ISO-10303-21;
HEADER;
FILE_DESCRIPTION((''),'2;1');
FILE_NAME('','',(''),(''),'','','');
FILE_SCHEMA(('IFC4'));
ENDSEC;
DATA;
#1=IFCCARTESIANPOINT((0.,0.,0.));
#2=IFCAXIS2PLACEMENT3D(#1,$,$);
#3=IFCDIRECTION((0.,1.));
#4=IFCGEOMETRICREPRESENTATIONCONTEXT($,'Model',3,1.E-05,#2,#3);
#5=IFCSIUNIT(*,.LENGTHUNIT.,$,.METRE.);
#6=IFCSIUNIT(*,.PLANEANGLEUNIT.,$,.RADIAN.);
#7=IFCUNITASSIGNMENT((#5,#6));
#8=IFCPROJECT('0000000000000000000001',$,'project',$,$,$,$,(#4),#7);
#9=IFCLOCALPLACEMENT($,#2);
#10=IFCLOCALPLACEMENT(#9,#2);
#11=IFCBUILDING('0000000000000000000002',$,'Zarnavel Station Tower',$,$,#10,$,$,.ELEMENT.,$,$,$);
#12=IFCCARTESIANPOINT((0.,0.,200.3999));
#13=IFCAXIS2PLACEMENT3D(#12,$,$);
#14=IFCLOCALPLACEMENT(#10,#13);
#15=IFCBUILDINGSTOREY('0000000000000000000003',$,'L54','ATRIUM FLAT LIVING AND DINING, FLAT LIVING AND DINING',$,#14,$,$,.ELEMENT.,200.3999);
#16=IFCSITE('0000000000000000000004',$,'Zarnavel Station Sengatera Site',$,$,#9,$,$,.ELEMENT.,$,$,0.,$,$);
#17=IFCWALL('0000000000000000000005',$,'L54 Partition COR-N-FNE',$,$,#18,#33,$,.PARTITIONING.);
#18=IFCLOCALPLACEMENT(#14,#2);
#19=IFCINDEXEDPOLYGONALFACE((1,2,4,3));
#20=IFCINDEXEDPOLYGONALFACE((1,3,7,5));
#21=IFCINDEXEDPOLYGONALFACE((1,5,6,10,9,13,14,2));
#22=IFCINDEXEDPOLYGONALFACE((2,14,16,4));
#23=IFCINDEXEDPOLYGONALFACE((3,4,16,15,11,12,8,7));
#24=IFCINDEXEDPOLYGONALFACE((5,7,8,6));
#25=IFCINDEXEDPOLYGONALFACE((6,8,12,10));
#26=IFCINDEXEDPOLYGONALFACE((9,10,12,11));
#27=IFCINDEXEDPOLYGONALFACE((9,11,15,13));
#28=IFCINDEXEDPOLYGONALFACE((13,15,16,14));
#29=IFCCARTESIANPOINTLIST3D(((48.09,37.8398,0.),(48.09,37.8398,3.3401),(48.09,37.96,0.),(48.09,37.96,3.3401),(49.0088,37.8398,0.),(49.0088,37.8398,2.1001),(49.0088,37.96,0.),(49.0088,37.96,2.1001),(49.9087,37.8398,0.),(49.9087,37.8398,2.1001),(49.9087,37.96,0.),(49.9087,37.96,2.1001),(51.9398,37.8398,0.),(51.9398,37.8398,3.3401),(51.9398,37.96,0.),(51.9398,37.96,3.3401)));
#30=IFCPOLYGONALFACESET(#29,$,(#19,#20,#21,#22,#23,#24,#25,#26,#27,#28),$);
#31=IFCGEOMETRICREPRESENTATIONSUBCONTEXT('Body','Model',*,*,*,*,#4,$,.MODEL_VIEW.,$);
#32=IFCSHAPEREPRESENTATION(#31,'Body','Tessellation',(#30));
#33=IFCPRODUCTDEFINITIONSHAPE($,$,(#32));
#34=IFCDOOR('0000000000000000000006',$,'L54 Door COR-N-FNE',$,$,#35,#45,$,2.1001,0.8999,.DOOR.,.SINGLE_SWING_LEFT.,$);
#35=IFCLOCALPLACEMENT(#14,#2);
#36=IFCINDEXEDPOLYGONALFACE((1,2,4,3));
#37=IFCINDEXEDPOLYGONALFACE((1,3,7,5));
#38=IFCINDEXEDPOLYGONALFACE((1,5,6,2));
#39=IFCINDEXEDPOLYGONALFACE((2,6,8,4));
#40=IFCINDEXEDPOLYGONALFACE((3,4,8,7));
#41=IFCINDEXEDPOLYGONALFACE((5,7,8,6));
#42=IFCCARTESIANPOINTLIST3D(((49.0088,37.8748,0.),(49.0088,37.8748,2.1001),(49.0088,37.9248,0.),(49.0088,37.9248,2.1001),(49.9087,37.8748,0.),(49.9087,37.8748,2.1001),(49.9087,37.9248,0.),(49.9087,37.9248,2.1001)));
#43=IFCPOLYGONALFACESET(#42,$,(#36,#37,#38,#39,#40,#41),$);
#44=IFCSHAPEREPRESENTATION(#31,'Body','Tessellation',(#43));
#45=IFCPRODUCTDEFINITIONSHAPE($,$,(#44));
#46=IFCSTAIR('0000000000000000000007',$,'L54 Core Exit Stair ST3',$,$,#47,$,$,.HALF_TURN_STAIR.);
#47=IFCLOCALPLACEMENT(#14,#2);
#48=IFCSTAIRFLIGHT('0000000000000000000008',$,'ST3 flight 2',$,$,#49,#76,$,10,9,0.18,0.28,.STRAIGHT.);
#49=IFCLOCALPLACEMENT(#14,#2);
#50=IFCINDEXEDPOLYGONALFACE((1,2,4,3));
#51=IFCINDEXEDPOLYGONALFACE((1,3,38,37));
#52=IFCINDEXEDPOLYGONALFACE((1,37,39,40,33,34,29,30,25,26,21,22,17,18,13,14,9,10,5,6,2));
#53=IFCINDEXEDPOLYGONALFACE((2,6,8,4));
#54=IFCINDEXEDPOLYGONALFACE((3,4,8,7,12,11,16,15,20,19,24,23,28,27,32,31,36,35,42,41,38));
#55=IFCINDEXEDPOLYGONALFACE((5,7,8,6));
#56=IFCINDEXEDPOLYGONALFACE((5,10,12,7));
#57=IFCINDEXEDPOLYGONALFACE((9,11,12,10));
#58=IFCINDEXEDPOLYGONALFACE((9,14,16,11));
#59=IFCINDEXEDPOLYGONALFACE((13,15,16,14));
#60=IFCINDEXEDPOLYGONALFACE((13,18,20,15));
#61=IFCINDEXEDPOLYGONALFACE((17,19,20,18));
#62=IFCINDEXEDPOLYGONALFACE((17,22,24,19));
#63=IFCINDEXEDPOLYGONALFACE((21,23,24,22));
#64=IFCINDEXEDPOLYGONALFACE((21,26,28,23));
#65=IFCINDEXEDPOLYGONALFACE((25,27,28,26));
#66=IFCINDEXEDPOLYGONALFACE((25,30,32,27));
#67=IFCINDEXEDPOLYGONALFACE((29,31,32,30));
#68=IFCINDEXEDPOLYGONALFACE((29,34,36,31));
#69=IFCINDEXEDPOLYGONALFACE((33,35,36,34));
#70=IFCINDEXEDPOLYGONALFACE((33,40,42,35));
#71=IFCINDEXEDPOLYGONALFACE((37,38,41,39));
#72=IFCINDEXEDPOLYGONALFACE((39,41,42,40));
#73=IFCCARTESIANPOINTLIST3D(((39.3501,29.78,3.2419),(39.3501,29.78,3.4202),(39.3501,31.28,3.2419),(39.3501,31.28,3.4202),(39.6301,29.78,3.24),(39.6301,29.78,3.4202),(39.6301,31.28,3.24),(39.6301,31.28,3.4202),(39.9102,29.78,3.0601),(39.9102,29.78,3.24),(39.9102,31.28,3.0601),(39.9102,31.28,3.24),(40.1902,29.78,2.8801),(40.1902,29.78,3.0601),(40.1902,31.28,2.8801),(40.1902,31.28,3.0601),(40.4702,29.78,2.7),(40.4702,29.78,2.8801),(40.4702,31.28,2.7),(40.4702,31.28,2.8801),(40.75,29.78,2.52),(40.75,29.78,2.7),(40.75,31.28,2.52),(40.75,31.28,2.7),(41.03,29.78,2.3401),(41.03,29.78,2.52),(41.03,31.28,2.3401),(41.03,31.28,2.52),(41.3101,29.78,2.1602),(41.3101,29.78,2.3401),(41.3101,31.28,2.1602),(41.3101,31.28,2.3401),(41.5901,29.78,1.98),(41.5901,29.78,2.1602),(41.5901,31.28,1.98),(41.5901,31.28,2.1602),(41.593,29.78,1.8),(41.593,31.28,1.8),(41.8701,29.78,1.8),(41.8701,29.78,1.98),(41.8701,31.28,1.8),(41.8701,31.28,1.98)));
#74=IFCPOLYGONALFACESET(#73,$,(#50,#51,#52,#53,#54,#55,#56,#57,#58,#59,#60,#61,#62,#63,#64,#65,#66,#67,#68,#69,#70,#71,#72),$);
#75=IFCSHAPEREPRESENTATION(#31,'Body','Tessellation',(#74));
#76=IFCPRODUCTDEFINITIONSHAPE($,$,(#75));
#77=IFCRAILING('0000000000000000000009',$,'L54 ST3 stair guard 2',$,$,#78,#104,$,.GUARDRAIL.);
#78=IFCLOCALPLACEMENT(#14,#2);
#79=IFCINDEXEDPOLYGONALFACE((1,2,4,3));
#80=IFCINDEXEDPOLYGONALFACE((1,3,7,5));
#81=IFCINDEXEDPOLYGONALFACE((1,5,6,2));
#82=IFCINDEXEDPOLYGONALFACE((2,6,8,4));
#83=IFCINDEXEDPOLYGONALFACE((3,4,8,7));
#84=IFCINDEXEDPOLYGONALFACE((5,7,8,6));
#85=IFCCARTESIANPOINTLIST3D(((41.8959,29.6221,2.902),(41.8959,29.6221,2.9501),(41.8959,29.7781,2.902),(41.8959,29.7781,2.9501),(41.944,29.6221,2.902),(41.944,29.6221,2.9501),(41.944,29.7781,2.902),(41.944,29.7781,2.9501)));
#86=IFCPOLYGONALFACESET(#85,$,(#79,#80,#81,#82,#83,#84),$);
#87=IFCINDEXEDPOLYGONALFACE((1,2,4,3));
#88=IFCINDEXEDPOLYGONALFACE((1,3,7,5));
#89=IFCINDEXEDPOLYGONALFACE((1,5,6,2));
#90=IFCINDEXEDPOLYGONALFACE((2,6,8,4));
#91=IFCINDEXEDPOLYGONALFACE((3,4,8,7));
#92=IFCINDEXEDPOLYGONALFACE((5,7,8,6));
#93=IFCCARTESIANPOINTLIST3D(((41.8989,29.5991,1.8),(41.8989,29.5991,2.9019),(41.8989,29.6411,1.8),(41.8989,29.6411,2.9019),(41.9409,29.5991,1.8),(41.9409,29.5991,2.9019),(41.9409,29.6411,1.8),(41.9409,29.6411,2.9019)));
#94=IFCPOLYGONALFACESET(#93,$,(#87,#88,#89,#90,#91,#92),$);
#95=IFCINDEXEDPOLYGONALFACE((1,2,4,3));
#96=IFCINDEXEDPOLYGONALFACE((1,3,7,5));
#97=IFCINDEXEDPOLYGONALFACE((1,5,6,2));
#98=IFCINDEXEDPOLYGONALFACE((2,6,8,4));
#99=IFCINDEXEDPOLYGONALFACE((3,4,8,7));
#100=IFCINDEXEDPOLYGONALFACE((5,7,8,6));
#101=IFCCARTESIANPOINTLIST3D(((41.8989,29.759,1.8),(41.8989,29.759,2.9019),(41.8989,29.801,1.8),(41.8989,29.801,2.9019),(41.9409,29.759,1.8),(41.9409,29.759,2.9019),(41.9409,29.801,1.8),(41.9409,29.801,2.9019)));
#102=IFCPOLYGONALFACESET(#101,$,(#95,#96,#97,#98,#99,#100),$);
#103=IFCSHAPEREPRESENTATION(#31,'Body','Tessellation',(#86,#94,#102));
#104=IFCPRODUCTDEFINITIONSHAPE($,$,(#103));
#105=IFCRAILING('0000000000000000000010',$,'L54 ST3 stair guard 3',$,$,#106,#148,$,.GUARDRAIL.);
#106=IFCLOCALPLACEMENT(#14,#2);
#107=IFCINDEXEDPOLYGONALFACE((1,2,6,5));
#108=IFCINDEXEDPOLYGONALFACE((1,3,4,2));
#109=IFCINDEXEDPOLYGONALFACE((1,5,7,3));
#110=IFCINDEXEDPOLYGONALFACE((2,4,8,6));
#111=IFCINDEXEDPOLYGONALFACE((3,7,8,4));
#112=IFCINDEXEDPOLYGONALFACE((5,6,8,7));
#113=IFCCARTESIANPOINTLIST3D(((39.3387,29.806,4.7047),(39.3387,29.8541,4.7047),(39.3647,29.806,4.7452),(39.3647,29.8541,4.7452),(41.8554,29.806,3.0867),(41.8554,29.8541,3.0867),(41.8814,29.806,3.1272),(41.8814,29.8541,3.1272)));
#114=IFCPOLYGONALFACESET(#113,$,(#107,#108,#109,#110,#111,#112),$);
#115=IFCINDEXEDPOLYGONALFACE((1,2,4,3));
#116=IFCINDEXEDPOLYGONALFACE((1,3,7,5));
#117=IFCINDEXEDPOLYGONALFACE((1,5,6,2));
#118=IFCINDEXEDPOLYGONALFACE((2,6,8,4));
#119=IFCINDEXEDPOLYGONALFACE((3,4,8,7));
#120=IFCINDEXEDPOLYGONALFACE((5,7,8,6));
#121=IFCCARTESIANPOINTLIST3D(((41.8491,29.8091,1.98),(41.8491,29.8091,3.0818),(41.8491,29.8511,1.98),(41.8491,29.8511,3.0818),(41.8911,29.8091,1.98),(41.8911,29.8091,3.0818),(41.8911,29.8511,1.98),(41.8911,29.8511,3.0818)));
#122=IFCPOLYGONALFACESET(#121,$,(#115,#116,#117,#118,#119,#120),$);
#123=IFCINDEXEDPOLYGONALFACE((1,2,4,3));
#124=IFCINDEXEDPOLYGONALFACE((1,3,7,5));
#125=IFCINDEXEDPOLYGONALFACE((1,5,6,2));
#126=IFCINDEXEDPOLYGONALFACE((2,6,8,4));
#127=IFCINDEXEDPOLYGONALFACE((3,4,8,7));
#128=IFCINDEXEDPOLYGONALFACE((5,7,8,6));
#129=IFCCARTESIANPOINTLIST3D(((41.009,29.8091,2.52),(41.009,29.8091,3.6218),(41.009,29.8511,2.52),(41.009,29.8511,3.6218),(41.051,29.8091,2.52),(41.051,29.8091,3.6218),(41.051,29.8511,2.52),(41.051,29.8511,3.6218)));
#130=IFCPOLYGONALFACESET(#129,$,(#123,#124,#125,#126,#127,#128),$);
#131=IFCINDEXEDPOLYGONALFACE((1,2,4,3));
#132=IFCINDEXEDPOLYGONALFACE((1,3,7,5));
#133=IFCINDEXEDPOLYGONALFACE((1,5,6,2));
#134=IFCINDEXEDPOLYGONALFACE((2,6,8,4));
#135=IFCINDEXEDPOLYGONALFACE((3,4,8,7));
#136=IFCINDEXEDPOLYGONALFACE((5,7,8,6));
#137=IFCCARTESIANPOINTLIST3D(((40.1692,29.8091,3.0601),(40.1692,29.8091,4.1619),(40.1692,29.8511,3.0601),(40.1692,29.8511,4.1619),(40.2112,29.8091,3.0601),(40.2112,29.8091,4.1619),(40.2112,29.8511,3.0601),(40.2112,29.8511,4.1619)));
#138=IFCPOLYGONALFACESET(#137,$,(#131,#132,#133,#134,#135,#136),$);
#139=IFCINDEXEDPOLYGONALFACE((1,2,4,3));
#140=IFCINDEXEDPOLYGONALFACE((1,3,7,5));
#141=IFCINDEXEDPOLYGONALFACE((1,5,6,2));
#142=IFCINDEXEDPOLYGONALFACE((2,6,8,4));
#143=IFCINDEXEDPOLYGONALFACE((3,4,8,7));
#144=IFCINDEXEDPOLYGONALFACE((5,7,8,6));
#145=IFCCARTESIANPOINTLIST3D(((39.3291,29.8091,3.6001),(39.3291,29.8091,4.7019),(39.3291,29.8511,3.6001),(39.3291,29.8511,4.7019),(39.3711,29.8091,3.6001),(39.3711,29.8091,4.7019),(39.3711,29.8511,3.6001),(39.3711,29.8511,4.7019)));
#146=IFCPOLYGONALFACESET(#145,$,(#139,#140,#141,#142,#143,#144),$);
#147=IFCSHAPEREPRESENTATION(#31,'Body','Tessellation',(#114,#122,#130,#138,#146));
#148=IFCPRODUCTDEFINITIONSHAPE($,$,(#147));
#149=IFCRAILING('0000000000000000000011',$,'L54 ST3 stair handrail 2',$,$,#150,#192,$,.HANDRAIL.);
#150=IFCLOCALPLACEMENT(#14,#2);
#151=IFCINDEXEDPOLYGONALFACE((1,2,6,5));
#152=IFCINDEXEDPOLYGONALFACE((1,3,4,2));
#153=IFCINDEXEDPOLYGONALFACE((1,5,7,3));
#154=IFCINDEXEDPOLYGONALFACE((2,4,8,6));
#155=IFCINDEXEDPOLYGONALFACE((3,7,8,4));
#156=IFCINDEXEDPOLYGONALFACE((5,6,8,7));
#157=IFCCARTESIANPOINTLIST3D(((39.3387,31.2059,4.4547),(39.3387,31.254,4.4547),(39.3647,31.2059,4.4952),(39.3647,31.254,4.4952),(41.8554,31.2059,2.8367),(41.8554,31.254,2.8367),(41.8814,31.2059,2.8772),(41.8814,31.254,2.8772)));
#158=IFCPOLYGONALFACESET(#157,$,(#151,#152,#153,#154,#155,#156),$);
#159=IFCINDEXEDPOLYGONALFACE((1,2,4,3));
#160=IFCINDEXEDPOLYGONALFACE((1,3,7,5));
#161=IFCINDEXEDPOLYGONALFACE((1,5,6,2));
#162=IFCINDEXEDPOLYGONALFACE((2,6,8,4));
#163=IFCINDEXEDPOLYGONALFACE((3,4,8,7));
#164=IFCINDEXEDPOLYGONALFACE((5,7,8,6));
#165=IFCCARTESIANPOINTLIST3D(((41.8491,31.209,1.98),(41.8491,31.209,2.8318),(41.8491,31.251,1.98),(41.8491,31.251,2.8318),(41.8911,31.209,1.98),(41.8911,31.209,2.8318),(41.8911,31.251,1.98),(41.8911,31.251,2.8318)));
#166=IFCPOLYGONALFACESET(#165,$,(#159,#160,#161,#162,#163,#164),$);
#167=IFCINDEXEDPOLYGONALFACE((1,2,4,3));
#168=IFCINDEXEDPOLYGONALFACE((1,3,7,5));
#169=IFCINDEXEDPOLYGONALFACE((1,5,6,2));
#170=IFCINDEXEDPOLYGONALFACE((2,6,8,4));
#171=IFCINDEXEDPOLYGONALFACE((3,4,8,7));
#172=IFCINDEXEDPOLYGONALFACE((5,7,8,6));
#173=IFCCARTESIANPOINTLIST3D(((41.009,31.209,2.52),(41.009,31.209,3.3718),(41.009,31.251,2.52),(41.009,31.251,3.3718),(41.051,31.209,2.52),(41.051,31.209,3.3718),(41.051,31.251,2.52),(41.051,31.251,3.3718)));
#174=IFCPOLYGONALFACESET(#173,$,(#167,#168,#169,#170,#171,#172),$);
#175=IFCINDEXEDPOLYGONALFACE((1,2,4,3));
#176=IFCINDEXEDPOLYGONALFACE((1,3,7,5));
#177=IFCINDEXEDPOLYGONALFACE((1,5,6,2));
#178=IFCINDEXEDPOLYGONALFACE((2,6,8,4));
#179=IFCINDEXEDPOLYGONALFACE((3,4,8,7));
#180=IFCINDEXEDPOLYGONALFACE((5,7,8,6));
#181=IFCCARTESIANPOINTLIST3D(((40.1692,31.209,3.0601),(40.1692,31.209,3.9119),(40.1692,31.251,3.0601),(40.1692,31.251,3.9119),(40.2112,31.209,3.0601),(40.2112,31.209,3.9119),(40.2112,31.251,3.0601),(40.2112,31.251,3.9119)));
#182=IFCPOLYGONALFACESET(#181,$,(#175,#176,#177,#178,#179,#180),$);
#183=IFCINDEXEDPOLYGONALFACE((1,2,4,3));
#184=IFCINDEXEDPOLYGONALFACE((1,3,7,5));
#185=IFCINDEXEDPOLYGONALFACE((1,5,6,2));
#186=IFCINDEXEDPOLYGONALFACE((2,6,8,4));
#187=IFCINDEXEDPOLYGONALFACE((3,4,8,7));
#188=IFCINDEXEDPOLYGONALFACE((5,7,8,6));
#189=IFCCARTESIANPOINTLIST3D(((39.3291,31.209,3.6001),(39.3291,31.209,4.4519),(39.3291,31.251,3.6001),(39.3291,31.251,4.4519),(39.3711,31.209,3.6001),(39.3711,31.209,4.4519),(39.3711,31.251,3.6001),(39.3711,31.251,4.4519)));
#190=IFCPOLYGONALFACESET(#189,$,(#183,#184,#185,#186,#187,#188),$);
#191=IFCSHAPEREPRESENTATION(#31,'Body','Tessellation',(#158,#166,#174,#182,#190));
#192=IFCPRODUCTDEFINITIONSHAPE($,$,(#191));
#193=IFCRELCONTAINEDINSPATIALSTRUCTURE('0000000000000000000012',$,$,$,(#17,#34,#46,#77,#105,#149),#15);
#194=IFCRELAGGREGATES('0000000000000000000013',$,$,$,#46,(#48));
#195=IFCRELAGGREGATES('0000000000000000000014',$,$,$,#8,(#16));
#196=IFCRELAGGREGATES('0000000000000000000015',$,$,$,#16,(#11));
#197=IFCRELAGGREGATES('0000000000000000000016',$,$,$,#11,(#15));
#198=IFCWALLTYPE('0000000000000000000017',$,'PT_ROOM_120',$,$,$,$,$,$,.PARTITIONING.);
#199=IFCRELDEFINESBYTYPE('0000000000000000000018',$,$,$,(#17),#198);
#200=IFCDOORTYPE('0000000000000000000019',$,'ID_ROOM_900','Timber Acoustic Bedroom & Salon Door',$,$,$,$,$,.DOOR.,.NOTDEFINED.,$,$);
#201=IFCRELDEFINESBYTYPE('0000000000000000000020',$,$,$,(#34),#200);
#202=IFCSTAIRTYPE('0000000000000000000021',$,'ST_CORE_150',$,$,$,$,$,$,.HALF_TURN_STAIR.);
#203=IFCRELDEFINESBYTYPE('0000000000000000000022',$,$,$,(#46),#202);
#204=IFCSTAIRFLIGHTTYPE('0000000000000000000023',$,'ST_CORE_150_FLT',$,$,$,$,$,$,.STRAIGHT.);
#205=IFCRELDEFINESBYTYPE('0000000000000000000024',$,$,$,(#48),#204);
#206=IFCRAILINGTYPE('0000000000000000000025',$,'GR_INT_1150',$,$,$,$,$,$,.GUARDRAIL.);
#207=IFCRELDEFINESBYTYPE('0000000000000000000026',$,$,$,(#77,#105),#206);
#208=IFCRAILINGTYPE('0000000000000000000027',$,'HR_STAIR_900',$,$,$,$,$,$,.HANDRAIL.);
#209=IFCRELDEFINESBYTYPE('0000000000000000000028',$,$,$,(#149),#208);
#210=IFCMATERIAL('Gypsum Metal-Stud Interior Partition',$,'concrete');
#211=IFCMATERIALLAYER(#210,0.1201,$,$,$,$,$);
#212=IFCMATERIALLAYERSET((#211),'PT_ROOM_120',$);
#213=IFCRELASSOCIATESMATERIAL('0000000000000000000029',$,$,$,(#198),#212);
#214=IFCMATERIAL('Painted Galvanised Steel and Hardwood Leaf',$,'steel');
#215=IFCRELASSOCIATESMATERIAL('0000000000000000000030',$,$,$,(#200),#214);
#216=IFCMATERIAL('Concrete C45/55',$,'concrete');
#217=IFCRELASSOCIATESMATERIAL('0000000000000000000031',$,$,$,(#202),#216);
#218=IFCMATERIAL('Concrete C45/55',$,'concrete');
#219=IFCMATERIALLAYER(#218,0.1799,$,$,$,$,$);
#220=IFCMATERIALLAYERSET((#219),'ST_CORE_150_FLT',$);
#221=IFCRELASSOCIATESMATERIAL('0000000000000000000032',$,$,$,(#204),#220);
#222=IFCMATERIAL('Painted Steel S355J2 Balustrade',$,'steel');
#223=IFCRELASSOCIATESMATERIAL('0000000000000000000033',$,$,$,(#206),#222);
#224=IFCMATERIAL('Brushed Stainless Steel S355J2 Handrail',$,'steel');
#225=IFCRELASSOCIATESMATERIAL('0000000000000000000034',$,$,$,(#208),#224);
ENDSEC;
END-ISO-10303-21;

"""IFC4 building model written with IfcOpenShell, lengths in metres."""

from ifc_helpers import new_model, si_unit, direction, frame, frame_2d, origin, origin_2d, place, context, subcontext, project, spatial, polyline, rectangle, outline, extrude, material, layer, layer_set, type_object, element, fill, aggregate, save


model = new_model("IFC4")

# Units and contexts
model_context = context("Model", 3, precision=1e-05, world=origin(), true_north=direction((0.0, 1.0)))
body_context = subcontext(model_context, "Body", "Model", "MODEL_VIEW")
ifc_project = project(units=[si_unit("LENGTHUNIT", "METRE"), si_unit("PLANEANGLEUNIT", "RADIAN")], contexts=[model_context])

# Site, building, storey
site_placement = place(None, origin())
site = spatial("IfcSite", under=ifc_project, at=site_placement, Name="Zarnavel Station Sengatera Site", CompositionType="ELEMENT", RefElevation=0.0)
building_placement = place(site_placement, origin())
building = spatial("IfcBuilding", under=site, at=building_placement, Name="Zarnavel Station Tower", CompositionType="ELEMENT")
storey_placement = place(building_placement, frame((0.0, 0.0, 200.3999)))
storey = spatial("IfcBuildingStorey", under=building, at=storey_placement, Name="L54", Description="ATRIUM FLAT LIVING AND DINING, FLAT LIVING AND DINING", CompositionType="ELEMENT", Elevation=200.3999)

# Wall, opening, door
ifc_material_1 = material(Name="Gypsum Metal-Stud Interior Partition", Category="concrete")
ifc_layer_1 = layer(ifc_material_1, 0.1201)
ifc_layer_set_1 = layer_set([ifc_layer_1], Name="PT_ROOM_120")
wall_type_1 = type_object("IfcWallType", Name="PT_ROOM_120", PredefinedType="PARTITIONING", material=ifc_layer_set_1)
wall_1_placement = place(storey_placement, frame((48.0901, 37.8999, 0.0), z_axis=(0.0, 0.0, 1.0), x_axis=(1.0, 0.0, 0.0)))
wall_1 = element("IfcWall", 1, at=wall_1_placement, inside=storey, type_object=wall_type_1, Name="L54 Partition COR-N-FNE", PredefinedType="PARTITIONING", context=body_context, shape_type="SweptSolid", body=[
    extrude(rectangle(XDim=3.8499, YDim=0.1201, at=frame_2d((1.9248, 0.0))), origin(), (0.0, 0.0, 1.0), 3.3401),
])
opening_1_placement = place(wall_1_placement, frame((0.9187, 0.0, 0.0)))
opening_1 = element("IfcOpeningElement", 2, at=opening_1_placement, cuts=wall_1, PredefinedType="OPENING", context=body_context, shape_type="SweptSolid", body=[
    extrude(rectangle(XDim=0.8999, YDim=2.1001, at=frame_2d((0.45, 1.05))), frame((0.0, 0.0701, 0.0), z_axis=(0.0, -1.0, 0.0), x_axis=(1.0, 0.0, 0.0)), (0.0, 0.0, 1.0), 0.1401),
])
ifc_material_2 = material(Name="Painted Galvanised Steel and Hardwood Leaf", Category="steel")
door_type_1 = type_object("IfcDoorType", Name="ID_ROOM_900", Description="Timber Acoustic Bedroom & Salon Door", OperationType="NOTDEFINED", PredefinedType="DOOR", material=ifc_material_2)
door_1_placement = place(opening_1_placement, origin())
door_1 = element("IfcDoor", 3, at=door_1_placement, inside=storey, type_object=door_type_1, Name="L54 Door COR-N-FNE", OperationType="SINGLE_SWING_LEFT", OverallHeight=2.1001, OverallWidth=0.8999, PredefinedType="DOOR", context=body_context, shape_type="SweptSolid", body=[
    extrude(rectangle(XDim=0.8999, YDim=2.1001, at=frame_2d((0.45, 1.05))), frame((0.0, 0.0249, 0.0), z_axis=(0.0, -1.0, 0.0), x_axis=(1.0, 0.0, 0.0)), (0.0, 0.0, 1.0), 0.05),
])
fill(opening_1, door_1)

# Stair, stair flight
ifc_material_3 = material(Name="Concrete C45/55", Category="concrete")
stair_type = type_object("IfcStairType", Name="ST_CORE_150", PredefinedType="HALF_TURN_STAIR", material=ifc_material_3)
stair_placement = place(storey_placement, origin())
stair = element("IfcStair", 4, at=stair_placement, inside=storey, type_object=stair_type, Name="L54 Core Exit Stair ST3", PredefinedType="HALF_TURN_STAIR")
ifc_material_4 = material(Name="Concrete C45/55", Category="concrete")
ifc_layer_2 = layer(ifc_material_4, 0.1799)
ifc_layer_set_2 = layer_set([ifc_layer_2], Name="ST_CORE_150_FLT")
stair_flight_type = type_object("IfcStairFlightType", Name="ST_CORE_150_FLT", PredefinedType="STRAIGHT", material=ifc_layer_set_2)
stair_flight_placement = place(storey_placement, frame((41.8701, 30.53, 1.8), z_axis=(0.0, 0.0, 1.0), x_axis=(-1.0, 0.0, 0.0)))
stair_flight = element("IfcStairFlight", 5, at=stair_flight_placement, type_object=stair_flight_type, Name="ST3 flight 2", NumberOfRisers=10, NumberOfTreads=9, PredefinedType="STRAIGHT", RiserHeight=0.18, TreadLength=0.28, context=body_context, shape_type="SweptSolid", body=[
    extrude(outline(polyline([(0.0, 0.0), (0.0, 0.1799), (0.28, 0.1799), (0.28, 0.3601), (0.5601, 0.3601), (0.5601, 0.54), (0.8401, 0.54), (0.8401, 0.72), (1.1201, 0.72), (1.1201, 0.8999), (1.3999, 0.8999), (1.3999, 1.0801), (1.6799, 1.0801), (1.6799, 1.26), (1.96, 1.26), (1.96, 1.4399), (2.24, 1.4399), (2.24, 1.6201), (2.52, 1.6201), (2.52, 1.8), (2.52, 1.4419), (0.2771, 0.0), (0.0, 0.0)])), frame((0.0, 0.75, 0.0), z_axis=(0.0, -1.0, 0.0), x_axis=(1.0, 0.0, 0.0)), (0.0, 0.0, 1.0), 1.5),
])
aggregate(stair, [stair_flight])

# Railings
ifc_material_5 = material(Name="Painted Steel S355J2 Balustrade", Category="steel")
railing_type_1 = type_object("IfcRailingType", Name="GR_INT_1150", PredefinedType="GUARDRAIL", material=ifc_material_5)
railing_1_placement = place(storey_placement, frame((41.9199, 29.6201, 1.8)))
element("IfcRailing", 6, at=railing_1_placement, inside=storey, type_object=railing_type_1, Name="L54 ST3 stair guard 2", PredefinedType="GUARDRAIL", context=body_context, shape_type="SweptSolid", body=[
    extrude(rectangle(XDim=0.0481, YDim=0.0481, at=origin_2d()), frame((0.0, 0.002, 1.126), z_axis=(0.0, 1.0, 0.0), x_axis=(-1.0, 0.0, 0.0)), (0.0, 0.0, 1.0), 0.156),
    extrude(rectangle(XDim=0.042, YDim=0.042, at=origin_2d()), origin(), (0.0, 0.0, 1.0), 1.1018),
    extrude(rectangle(XDim=0.042, YDim=0.042, at=origin_2d()), frame((0.0, 0.1599, 0.0)), (0.0, 0.0, 1.0), 1.1018),
])
railing_2_placement = place(storey_placement, frame((41.8701, 29.8301, 1.98)))
element("IfcRailing", 7, at=railing_2_placement, inside=storey, type_object=railing_type_1, Name="L54 ST3 stair guard 3", PredefinedType="GUARDRAIL", context=body_context, shape_type="SweptSolid", body=[
    extrude(rectangle(XDim=0.0481, YDim=0.0481, at=origin_2d()), frame((-0.0017, 0.0, 1.127), z_axis=(-0.841163, 0.0, 0.540782), x_axis=(0.0, -1.0, 0.0)), (0.0, 0.0, 1.0), 2.9919),
    extrude(rectangle(XDim=0.042, YDim=0.042, at=origin_2d()), origin(), (0.0, 0.0, 1.0), 1.1018),
    extrude(rectangle(XDim=0.042, YDim=0.042, at=origin_2d()), frame((-0.8401, 0.0, 0.54)), (0.0, 0.0, 1.0), 1.1018),
    extrude(rectangle(XDim=0.042, YDim=0.042, at=origin_2d()), frame((-1.6799, 0.0, 1.0801)), (0.0, 0.0, 1.0), 1.1018),
    extrude(rectangle(XDim=0.042, YDim=0.042, at=origin_2d()), frame((-2.52, 0.0, 1.6201)), (0.0, 0.0, 1.0), 1.1018),
])
ifc_material_6 = material(Name="Brushed Stainless Steel S355J2 Handrail", Category="steel")
railing_type_2 = type_object("IfcRailingType", Name="HR_STAIR_900", PredefinedType="HANDRAIL", material=ifc_material_6)
railing_3_placement = place(storey_placement, frame((41.8701, 31.23, 1.98)))
element("IfcRailing", 8, at=railing_3_placement, inside=storey, type_object=railing_type_2, Name="L54 ST3 stair handrail 2", PredefinedType="HANDRAIL", context=body_context, shape_type="SweptSolid", body=[
    extrude(rectangle(XDim=0.0481, YDim=0.0481, at=origin_2d()), frame((-0.0017, 0.0, 0.877), z_axis=(-0.841163, 0.0, 0.540782), x_axis=(0.0, -1.0, 0.0)), (0.0, 0.0, 1.0), 2.9919),
    extrude(rectangle(XDim=0.042, YDim=0.042, at=origin_2d()), origin(), (0.0, 0.0, 1.0), 0.8518),
    extrude(rectangle(XDim=0.042, YDim=0.042, at=origin_2d()), frame((-0.8401, 0.0, 0.54)), (0.0, 0.0, 1.0), 0.8518),
    extrude(rectangle(XDim=0.042, YDim=0.042, at=origin_2d()), frame((-1.6799, 0.0, 1.0801)), (0.0, 0.0, 1.0), 0.8518),
    extrude(rectangle(XDim=0.042, YDim=0.042, at=origin_2d()), frame((-2.52, 0.0, 1.6201)), (0.0, 0.0, 1.0), 0.8518),
])

save(model, "model.ifc")
